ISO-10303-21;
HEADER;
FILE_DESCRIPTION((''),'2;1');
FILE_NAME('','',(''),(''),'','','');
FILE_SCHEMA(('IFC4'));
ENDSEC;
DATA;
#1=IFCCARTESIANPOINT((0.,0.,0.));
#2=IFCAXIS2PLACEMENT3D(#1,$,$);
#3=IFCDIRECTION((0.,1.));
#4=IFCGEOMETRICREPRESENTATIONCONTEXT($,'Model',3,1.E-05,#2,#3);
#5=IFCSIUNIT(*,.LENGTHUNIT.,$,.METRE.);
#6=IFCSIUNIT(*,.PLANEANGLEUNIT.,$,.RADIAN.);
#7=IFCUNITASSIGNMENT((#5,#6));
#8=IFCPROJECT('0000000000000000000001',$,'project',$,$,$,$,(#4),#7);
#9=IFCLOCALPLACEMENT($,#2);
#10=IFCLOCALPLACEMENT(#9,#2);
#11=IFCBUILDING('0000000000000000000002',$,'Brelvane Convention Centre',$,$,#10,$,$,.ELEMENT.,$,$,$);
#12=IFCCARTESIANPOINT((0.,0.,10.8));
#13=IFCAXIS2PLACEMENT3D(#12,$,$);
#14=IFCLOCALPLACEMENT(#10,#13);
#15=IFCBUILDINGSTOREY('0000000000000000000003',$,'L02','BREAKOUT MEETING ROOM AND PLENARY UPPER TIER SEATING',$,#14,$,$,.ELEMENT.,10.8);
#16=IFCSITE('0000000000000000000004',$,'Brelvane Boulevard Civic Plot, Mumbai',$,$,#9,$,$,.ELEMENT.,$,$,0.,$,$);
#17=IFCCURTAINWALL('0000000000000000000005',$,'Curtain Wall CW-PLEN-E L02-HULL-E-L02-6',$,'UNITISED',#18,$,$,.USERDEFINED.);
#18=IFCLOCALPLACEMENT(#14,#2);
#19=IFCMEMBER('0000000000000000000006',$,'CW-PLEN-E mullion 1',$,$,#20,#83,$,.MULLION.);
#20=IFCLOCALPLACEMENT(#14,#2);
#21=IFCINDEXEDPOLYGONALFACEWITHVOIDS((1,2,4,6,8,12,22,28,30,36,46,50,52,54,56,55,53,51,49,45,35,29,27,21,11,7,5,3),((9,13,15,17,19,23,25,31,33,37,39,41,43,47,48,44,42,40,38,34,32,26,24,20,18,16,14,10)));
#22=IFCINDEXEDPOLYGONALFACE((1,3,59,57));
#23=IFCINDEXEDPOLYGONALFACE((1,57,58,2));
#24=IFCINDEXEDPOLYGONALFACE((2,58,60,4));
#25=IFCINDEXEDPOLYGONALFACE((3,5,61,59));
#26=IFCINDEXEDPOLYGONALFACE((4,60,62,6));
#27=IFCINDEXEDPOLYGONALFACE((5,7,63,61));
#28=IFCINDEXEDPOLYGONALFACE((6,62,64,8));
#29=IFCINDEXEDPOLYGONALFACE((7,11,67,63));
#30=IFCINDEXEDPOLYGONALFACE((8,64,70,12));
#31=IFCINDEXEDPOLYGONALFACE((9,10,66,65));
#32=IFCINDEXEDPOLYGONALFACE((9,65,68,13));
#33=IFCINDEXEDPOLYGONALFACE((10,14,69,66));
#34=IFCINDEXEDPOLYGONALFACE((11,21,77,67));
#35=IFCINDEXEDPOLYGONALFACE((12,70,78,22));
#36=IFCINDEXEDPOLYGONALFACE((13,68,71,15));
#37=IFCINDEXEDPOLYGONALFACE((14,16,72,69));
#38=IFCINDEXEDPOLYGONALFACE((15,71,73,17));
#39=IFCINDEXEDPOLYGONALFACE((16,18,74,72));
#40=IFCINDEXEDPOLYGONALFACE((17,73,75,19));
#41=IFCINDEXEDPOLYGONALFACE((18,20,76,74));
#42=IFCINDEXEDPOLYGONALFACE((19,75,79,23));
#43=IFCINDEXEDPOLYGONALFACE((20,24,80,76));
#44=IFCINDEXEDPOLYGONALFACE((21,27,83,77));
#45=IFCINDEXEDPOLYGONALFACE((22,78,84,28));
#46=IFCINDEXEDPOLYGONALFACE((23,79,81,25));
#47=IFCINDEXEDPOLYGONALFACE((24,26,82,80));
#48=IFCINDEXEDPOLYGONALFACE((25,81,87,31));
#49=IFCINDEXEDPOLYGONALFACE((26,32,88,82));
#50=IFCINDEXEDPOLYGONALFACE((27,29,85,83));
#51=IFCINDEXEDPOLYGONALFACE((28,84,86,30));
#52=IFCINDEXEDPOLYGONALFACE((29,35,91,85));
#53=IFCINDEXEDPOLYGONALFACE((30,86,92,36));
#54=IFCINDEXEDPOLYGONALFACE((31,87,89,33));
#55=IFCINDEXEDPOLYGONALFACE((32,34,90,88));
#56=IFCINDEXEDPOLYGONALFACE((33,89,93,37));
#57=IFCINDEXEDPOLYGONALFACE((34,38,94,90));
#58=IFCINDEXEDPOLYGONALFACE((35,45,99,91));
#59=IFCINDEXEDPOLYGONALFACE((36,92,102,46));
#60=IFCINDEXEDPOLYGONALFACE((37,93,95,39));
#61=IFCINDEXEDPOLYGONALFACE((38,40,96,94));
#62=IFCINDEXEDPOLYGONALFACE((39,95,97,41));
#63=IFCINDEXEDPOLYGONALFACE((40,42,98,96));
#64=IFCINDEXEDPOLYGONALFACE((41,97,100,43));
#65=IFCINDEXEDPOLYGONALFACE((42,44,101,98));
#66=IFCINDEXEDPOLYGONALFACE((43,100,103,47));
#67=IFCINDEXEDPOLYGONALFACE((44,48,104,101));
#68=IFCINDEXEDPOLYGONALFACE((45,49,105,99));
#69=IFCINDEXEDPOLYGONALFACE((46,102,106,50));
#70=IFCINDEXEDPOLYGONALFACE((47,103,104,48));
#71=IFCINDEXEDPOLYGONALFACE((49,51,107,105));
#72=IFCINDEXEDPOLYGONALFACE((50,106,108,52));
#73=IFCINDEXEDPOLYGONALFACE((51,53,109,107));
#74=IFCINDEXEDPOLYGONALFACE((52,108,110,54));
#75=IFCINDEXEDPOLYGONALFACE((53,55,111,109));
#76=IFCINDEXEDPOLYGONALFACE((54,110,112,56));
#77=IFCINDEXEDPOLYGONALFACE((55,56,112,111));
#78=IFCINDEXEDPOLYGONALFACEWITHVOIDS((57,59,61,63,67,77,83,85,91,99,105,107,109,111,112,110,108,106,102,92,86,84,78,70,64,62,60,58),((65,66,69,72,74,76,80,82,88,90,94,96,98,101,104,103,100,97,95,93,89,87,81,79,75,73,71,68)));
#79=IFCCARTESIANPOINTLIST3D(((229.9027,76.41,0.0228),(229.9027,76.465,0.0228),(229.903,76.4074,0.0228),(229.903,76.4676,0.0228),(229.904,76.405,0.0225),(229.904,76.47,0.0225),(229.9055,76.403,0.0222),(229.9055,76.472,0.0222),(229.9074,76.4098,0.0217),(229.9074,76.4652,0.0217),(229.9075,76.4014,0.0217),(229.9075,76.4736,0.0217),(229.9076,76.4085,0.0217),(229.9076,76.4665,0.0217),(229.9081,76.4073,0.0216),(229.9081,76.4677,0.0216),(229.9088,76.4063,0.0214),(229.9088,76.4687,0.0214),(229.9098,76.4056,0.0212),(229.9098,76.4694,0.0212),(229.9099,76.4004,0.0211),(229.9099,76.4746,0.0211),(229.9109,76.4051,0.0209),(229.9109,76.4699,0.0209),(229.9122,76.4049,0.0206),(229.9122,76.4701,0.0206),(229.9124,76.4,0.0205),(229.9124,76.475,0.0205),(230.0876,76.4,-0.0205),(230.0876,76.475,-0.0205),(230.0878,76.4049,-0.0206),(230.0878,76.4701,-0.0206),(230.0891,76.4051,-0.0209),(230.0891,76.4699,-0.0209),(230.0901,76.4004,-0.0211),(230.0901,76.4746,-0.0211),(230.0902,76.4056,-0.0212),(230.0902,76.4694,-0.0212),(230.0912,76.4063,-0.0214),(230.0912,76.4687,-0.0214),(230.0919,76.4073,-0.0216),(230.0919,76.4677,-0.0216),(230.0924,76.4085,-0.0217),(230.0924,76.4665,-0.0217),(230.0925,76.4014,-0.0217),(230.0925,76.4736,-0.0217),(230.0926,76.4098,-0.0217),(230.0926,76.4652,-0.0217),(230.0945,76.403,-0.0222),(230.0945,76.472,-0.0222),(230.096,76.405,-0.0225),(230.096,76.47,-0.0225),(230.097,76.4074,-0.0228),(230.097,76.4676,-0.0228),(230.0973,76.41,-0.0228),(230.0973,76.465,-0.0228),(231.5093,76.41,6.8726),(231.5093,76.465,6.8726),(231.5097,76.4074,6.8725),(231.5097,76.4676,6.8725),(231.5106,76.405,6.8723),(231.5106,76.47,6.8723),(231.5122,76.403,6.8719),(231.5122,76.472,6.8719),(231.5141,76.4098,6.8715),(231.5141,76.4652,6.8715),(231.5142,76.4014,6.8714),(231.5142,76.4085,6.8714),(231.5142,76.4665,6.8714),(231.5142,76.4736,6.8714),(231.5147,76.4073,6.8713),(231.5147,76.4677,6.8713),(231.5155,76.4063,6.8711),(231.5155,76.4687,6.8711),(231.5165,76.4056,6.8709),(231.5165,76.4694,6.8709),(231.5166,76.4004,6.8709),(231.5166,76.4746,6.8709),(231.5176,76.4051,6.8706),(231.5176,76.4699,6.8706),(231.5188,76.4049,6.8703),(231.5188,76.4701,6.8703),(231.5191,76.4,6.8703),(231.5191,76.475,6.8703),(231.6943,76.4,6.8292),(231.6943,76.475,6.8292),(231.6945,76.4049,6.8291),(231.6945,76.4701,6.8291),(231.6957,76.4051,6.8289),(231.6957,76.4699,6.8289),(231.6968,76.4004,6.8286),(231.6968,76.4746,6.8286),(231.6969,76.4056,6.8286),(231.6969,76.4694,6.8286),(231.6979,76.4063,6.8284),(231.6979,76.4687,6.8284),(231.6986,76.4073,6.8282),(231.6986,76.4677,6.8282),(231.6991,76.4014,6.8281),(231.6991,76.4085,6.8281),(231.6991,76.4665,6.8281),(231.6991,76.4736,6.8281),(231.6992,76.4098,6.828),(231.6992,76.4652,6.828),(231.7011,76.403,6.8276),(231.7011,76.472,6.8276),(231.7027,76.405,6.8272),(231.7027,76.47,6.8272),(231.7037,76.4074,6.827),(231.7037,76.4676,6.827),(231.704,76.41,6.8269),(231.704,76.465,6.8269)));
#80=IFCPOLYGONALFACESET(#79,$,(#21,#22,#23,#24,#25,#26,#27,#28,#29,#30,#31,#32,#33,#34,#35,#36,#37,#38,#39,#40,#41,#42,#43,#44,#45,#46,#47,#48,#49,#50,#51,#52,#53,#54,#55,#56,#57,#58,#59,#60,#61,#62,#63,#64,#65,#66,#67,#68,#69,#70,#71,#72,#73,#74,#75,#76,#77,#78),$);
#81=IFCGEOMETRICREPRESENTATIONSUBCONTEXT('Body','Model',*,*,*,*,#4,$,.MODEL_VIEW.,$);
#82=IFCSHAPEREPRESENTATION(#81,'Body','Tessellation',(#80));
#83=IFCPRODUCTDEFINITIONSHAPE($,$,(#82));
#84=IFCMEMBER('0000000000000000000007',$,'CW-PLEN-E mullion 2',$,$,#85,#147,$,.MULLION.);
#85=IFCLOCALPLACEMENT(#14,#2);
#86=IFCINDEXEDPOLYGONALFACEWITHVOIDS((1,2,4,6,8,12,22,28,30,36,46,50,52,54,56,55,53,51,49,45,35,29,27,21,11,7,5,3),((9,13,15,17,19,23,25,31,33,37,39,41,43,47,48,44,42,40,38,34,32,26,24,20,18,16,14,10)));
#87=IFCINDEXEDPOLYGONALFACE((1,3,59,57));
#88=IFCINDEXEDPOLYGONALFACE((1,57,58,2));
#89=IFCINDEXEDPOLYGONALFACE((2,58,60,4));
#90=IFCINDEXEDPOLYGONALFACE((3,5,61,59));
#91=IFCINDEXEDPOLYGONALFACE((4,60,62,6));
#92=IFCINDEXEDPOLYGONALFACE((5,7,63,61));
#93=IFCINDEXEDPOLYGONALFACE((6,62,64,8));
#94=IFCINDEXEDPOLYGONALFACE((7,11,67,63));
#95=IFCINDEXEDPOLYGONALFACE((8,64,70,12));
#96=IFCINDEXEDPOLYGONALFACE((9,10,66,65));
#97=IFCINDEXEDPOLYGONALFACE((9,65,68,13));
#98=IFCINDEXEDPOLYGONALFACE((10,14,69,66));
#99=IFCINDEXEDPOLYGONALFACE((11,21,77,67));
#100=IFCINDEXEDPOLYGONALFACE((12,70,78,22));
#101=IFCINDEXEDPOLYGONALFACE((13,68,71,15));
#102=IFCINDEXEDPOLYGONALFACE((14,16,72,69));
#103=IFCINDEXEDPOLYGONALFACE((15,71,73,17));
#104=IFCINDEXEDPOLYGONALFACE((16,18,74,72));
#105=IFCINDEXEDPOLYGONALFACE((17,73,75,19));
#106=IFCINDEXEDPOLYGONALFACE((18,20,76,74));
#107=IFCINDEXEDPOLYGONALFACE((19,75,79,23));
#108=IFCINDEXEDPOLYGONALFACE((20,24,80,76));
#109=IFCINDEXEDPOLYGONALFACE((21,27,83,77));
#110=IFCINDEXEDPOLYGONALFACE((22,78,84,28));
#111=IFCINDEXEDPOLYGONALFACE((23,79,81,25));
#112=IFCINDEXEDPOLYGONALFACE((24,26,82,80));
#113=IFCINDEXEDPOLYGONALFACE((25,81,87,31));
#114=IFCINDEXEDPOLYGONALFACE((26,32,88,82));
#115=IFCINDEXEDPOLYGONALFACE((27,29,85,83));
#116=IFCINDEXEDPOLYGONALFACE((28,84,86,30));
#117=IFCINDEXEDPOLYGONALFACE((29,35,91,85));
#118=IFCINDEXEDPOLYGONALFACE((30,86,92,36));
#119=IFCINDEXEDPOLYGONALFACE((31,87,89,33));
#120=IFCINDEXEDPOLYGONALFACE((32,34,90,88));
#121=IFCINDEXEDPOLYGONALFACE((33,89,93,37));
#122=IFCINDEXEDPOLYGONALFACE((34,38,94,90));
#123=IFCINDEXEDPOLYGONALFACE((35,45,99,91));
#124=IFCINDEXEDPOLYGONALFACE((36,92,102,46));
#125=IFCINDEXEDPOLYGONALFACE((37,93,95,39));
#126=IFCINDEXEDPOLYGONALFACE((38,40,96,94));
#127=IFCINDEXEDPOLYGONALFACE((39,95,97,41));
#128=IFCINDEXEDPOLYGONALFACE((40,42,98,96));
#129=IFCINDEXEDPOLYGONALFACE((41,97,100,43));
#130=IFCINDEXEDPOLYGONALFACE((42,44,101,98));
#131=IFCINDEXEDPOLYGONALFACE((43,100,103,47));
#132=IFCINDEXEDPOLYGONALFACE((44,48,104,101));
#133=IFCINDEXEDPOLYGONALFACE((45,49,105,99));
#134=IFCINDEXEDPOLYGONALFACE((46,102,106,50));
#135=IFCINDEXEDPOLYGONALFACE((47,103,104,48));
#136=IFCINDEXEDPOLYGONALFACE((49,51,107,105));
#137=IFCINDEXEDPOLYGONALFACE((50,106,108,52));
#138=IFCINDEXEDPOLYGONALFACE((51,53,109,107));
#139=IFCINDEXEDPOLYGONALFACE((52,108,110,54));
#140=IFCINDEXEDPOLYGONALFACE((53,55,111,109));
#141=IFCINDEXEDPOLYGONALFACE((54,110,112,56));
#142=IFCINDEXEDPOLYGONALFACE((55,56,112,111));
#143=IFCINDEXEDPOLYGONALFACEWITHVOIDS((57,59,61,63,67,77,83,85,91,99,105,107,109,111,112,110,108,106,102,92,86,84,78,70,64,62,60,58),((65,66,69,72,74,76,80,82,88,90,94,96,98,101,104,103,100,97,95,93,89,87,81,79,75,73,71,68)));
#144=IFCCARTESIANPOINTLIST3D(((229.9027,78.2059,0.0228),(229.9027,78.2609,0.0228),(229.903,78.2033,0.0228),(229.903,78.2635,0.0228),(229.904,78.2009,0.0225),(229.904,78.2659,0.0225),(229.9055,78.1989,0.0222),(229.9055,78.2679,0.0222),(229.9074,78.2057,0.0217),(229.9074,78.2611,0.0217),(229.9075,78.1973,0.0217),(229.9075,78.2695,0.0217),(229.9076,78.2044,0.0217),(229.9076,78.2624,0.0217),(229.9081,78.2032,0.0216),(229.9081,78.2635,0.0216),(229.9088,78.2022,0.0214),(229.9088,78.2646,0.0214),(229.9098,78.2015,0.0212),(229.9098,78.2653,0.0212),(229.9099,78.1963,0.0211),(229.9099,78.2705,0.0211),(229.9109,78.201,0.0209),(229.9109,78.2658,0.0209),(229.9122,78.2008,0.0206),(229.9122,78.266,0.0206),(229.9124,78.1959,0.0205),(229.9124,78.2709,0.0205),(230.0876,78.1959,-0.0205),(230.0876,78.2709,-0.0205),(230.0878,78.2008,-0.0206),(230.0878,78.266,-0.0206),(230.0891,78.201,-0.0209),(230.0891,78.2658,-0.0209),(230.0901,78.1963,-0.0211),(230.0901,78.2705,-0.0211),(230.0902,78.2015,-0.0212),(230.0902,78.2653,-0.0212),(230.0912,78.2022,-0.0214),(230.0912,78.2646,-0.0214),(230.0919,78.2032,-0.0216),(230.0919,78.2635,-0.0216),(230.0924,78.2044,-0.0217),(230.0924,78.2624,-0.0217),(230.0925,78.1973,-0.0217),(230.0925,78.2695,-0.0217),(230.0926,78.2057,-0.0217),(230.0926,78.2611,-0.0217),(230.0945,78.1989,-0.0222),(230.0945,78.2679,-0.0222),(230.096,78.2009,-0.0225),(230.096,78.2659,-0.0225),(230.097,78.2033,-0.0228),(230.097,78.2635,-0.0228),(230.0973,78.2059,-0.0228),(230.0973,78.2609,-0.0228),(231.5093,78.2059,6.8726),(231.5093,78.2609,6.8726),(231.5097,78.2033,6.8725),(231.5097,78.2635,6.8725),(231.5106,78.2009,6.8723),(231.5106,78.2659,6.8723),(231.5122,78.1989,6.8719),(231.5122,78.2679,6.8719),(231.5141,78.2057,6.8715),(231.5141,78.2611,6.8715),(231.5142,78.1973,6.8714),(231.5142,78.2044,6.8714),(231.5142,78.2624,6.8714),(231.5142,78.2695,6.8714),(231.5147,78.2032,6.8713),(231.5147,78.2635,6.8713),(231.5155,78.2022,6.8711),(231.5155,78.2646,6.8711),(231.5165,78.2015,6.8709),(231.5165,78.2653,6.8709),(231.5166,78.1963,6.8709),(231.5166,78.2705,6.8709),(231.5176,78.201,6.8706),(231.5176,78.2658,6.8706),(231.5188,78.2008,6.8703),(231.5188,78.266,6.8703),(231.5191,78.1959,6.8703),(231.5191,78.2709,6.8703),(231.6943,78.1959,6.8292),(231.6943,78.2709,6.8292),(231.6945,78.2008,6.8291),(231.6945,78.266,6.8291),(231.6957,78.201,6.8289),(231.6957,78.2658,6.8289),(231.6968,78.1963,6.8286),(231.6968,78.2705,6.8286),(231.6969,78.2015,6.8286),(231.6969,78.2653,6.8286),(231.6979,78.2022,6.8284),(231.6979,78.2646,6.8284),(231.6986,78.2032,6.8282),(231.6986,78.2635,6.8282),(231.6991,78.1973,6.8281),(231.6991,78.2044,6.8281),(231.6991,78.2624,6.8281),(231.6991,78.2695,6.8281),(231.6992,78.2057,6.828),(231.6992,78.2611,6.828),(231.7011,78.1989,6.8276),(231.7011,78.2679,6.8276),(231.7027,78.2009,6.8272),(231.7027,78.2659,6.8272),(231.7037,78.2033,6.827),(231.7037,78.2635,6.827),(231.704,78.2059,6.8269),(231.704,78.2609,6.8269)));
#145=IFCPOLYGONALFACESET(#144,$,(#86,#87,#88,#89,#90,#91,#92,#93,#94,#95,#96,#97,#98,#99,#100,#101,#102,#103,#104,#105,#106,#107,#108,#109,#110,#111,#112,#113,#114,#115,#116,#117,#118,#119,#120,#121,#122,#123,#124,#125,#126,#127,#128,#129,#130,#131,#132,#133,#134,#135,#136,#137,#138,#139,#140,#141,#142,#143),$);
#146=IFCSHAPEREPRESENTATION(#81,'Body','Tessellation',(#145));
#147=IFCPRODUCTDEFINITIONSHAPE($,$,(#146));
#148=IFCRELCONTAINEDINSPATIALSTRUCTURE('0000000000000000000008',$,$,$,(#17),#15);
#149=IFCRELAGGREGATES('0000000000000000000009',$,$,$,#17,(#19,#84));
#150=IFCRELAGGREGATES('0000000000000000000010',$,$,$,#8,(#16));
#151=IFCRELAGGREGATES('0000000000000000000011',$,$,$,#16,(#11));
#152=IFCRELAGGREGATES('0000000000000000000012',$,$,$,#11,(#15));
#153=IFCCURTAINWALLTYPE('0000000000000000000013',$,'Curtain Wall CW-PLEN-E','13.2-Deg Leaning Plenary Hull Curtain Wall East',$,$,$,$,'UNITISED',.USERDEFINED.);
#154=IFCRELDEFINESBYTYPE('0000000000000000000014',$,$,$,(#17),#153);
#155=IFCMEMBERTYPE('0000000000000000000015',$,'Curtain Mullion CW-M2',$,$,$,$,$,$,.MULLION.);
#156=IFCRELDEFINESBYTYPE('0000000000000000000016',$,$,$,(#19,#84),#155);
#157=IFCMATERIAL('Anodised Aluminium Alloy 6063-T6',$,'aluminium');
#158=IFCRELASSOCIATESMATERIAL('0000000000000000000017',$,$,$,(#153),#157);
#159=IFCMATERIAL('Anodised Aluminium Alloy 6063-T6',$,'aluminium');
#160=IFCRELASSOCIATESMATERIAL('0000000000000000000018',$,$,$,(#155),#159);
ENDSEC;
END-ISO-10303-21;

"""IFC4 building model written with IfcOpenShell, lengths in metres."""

from ifc_helpers import new_model, si_unit, direction, frame, origin, origin_2d, place, context, subcontext, project, spatial, hollow_rectangle, extrude, material, material_profile, profile_set, type_object, element, aggregate, save


model = new_model("IFC4")

# Units and contexts
model_context = context("Model", 3, precision=1e-05, world=origin(), true_north=direction((0.0, 1.0)))
body_context = subcontext(model_context, "Body", "Model", "MODEL_VIEW")
ifc_project = project(units=[si_unit("LENGTHUNIT", "METRE"), si_unit("PLANEANGLEUNIT", "RADIAN")], contexts=[model_context])

# Site, building, storey
site_placement = place(None, origin())
site = spatial("IfcSite", under=ifc_project, at=site_placement, Name="Brelvane Boulevard Civic Plot, Mumbai", CompositionType="ELEMENT", RefElevation=0.0)
building_placement = place(site_placement, origin())
building = spatial("IfcBuilding", under=site, at=building_placement, Name="Brelvane Convention Centre", CompositionType="ELEMENT")
storey_placement = place(building_placement, frame((0.0, 0.0, 10.8)))
storey = spatial("IfcBuildingStorey", under=building, at=storey_placement, Name="L02", Description="BREAKOUT MEETING ROOM AND PLENARY UPPER TIER SEATING", CompositionType="ELEMENT", Elevation=10.8)

# Curtain wall, members
ifc_material_1 = material(Name="Anodised Aluminium Alloy 6063-T6", Category="aluminium")
curtain_wall_type = type_object("IfcCurtainWallType", Name="Curtain Wall CW-PLEN-E", Description="13.2-Deg Leaning Plenary Hull Curtain Wall East", ElementType="UNITISED", PredefinedType="USERDEFINED", material=ifc_material_1)
ifc_material_2 = material(Name="Anodised Aluminium Alloy 6063-T6", Category="aluminium")
ifc_material_profile_1 = material_profile(ifc_material_2, hollow_rectangle(XDim=0.075, YDim=0.2, WallThickness=0.0049, InnerFilletRadius=0.0049, OuterFilletRadius=0.01, at=origin_2d()), Name="ALU-M 200x75x5.0")
ifc_profile_set_1 = profile_set([ifc_material_profile_1], Name="Anodised Aluminium Alloy 6063-T6")
member_type_1 = type_object("IfcMemberType", Name="Curtain Mullion CW-M2", PredefinedType="MULLION", material=ifc_profile_set_1)
curtain_wall_1_placement = place(storey_placement, origin())
curtain_wall_1 = element("IfcCurtainWall", 1, at=curtain_wall_1_placement, inside=storey, type_object=curtain_wall_type, Name="Curtain Wall CW-PLEN-E L02-HULL-E-L02-6", ObjectType="UNITISED", PredefinedType="USERDEFINED")
member_1_placement = place(storey_placement, frame((230.0, 76.4375, 0.0), z_axis=(0.22836, 0.0, 0.973577), x_axis=(0.0, 1.0, 0.0)))
member_1 = element("IfcMember", 2, at=member_1_placement, type_object=member_type_1, Name="CW-PLEN-E mullion 1", PredefinedType="MULLION", context=body_context, shape_type="SweptSolid", body=[
    extrude(hollow_rectangle(XDim=0.075, YDim=0.2, WallThickness=0.0049, InnerFilletRadius=0.0049, OuterFilletRadius=0.01, at=origin_2d()), origin(), (0.0, 0.0, 1.0), 7.0356),
])
member_2_placement = place(storey_placement, frame((230.0, 78.2334, 0.0), z_axis=(0.22836, 0.0, 0.973577), x_axis=(0.0, 1.0, 0.0)))
member_2 = element("IfcMember", 3, at=member_2_placement, type_object=member_type_1, Name="CW-PLEN-E mullion 2", PredefinedType="MULLION", context=body_context, shape_type="SweptSolid", body=[
    extrude(hollow_rectangle(XDim=0.075, YDim=0.2, WallThickness=0.0049, InnerFilletRadius=0.0049, OuterFilletRadius=0.01, at=origin_2d()), origin(), (0.0, 0.0, 1.0), 7.0356),
])

aggregate(curtain_wall_1, [member_1, member_2])

save(model, "model.ifc")
